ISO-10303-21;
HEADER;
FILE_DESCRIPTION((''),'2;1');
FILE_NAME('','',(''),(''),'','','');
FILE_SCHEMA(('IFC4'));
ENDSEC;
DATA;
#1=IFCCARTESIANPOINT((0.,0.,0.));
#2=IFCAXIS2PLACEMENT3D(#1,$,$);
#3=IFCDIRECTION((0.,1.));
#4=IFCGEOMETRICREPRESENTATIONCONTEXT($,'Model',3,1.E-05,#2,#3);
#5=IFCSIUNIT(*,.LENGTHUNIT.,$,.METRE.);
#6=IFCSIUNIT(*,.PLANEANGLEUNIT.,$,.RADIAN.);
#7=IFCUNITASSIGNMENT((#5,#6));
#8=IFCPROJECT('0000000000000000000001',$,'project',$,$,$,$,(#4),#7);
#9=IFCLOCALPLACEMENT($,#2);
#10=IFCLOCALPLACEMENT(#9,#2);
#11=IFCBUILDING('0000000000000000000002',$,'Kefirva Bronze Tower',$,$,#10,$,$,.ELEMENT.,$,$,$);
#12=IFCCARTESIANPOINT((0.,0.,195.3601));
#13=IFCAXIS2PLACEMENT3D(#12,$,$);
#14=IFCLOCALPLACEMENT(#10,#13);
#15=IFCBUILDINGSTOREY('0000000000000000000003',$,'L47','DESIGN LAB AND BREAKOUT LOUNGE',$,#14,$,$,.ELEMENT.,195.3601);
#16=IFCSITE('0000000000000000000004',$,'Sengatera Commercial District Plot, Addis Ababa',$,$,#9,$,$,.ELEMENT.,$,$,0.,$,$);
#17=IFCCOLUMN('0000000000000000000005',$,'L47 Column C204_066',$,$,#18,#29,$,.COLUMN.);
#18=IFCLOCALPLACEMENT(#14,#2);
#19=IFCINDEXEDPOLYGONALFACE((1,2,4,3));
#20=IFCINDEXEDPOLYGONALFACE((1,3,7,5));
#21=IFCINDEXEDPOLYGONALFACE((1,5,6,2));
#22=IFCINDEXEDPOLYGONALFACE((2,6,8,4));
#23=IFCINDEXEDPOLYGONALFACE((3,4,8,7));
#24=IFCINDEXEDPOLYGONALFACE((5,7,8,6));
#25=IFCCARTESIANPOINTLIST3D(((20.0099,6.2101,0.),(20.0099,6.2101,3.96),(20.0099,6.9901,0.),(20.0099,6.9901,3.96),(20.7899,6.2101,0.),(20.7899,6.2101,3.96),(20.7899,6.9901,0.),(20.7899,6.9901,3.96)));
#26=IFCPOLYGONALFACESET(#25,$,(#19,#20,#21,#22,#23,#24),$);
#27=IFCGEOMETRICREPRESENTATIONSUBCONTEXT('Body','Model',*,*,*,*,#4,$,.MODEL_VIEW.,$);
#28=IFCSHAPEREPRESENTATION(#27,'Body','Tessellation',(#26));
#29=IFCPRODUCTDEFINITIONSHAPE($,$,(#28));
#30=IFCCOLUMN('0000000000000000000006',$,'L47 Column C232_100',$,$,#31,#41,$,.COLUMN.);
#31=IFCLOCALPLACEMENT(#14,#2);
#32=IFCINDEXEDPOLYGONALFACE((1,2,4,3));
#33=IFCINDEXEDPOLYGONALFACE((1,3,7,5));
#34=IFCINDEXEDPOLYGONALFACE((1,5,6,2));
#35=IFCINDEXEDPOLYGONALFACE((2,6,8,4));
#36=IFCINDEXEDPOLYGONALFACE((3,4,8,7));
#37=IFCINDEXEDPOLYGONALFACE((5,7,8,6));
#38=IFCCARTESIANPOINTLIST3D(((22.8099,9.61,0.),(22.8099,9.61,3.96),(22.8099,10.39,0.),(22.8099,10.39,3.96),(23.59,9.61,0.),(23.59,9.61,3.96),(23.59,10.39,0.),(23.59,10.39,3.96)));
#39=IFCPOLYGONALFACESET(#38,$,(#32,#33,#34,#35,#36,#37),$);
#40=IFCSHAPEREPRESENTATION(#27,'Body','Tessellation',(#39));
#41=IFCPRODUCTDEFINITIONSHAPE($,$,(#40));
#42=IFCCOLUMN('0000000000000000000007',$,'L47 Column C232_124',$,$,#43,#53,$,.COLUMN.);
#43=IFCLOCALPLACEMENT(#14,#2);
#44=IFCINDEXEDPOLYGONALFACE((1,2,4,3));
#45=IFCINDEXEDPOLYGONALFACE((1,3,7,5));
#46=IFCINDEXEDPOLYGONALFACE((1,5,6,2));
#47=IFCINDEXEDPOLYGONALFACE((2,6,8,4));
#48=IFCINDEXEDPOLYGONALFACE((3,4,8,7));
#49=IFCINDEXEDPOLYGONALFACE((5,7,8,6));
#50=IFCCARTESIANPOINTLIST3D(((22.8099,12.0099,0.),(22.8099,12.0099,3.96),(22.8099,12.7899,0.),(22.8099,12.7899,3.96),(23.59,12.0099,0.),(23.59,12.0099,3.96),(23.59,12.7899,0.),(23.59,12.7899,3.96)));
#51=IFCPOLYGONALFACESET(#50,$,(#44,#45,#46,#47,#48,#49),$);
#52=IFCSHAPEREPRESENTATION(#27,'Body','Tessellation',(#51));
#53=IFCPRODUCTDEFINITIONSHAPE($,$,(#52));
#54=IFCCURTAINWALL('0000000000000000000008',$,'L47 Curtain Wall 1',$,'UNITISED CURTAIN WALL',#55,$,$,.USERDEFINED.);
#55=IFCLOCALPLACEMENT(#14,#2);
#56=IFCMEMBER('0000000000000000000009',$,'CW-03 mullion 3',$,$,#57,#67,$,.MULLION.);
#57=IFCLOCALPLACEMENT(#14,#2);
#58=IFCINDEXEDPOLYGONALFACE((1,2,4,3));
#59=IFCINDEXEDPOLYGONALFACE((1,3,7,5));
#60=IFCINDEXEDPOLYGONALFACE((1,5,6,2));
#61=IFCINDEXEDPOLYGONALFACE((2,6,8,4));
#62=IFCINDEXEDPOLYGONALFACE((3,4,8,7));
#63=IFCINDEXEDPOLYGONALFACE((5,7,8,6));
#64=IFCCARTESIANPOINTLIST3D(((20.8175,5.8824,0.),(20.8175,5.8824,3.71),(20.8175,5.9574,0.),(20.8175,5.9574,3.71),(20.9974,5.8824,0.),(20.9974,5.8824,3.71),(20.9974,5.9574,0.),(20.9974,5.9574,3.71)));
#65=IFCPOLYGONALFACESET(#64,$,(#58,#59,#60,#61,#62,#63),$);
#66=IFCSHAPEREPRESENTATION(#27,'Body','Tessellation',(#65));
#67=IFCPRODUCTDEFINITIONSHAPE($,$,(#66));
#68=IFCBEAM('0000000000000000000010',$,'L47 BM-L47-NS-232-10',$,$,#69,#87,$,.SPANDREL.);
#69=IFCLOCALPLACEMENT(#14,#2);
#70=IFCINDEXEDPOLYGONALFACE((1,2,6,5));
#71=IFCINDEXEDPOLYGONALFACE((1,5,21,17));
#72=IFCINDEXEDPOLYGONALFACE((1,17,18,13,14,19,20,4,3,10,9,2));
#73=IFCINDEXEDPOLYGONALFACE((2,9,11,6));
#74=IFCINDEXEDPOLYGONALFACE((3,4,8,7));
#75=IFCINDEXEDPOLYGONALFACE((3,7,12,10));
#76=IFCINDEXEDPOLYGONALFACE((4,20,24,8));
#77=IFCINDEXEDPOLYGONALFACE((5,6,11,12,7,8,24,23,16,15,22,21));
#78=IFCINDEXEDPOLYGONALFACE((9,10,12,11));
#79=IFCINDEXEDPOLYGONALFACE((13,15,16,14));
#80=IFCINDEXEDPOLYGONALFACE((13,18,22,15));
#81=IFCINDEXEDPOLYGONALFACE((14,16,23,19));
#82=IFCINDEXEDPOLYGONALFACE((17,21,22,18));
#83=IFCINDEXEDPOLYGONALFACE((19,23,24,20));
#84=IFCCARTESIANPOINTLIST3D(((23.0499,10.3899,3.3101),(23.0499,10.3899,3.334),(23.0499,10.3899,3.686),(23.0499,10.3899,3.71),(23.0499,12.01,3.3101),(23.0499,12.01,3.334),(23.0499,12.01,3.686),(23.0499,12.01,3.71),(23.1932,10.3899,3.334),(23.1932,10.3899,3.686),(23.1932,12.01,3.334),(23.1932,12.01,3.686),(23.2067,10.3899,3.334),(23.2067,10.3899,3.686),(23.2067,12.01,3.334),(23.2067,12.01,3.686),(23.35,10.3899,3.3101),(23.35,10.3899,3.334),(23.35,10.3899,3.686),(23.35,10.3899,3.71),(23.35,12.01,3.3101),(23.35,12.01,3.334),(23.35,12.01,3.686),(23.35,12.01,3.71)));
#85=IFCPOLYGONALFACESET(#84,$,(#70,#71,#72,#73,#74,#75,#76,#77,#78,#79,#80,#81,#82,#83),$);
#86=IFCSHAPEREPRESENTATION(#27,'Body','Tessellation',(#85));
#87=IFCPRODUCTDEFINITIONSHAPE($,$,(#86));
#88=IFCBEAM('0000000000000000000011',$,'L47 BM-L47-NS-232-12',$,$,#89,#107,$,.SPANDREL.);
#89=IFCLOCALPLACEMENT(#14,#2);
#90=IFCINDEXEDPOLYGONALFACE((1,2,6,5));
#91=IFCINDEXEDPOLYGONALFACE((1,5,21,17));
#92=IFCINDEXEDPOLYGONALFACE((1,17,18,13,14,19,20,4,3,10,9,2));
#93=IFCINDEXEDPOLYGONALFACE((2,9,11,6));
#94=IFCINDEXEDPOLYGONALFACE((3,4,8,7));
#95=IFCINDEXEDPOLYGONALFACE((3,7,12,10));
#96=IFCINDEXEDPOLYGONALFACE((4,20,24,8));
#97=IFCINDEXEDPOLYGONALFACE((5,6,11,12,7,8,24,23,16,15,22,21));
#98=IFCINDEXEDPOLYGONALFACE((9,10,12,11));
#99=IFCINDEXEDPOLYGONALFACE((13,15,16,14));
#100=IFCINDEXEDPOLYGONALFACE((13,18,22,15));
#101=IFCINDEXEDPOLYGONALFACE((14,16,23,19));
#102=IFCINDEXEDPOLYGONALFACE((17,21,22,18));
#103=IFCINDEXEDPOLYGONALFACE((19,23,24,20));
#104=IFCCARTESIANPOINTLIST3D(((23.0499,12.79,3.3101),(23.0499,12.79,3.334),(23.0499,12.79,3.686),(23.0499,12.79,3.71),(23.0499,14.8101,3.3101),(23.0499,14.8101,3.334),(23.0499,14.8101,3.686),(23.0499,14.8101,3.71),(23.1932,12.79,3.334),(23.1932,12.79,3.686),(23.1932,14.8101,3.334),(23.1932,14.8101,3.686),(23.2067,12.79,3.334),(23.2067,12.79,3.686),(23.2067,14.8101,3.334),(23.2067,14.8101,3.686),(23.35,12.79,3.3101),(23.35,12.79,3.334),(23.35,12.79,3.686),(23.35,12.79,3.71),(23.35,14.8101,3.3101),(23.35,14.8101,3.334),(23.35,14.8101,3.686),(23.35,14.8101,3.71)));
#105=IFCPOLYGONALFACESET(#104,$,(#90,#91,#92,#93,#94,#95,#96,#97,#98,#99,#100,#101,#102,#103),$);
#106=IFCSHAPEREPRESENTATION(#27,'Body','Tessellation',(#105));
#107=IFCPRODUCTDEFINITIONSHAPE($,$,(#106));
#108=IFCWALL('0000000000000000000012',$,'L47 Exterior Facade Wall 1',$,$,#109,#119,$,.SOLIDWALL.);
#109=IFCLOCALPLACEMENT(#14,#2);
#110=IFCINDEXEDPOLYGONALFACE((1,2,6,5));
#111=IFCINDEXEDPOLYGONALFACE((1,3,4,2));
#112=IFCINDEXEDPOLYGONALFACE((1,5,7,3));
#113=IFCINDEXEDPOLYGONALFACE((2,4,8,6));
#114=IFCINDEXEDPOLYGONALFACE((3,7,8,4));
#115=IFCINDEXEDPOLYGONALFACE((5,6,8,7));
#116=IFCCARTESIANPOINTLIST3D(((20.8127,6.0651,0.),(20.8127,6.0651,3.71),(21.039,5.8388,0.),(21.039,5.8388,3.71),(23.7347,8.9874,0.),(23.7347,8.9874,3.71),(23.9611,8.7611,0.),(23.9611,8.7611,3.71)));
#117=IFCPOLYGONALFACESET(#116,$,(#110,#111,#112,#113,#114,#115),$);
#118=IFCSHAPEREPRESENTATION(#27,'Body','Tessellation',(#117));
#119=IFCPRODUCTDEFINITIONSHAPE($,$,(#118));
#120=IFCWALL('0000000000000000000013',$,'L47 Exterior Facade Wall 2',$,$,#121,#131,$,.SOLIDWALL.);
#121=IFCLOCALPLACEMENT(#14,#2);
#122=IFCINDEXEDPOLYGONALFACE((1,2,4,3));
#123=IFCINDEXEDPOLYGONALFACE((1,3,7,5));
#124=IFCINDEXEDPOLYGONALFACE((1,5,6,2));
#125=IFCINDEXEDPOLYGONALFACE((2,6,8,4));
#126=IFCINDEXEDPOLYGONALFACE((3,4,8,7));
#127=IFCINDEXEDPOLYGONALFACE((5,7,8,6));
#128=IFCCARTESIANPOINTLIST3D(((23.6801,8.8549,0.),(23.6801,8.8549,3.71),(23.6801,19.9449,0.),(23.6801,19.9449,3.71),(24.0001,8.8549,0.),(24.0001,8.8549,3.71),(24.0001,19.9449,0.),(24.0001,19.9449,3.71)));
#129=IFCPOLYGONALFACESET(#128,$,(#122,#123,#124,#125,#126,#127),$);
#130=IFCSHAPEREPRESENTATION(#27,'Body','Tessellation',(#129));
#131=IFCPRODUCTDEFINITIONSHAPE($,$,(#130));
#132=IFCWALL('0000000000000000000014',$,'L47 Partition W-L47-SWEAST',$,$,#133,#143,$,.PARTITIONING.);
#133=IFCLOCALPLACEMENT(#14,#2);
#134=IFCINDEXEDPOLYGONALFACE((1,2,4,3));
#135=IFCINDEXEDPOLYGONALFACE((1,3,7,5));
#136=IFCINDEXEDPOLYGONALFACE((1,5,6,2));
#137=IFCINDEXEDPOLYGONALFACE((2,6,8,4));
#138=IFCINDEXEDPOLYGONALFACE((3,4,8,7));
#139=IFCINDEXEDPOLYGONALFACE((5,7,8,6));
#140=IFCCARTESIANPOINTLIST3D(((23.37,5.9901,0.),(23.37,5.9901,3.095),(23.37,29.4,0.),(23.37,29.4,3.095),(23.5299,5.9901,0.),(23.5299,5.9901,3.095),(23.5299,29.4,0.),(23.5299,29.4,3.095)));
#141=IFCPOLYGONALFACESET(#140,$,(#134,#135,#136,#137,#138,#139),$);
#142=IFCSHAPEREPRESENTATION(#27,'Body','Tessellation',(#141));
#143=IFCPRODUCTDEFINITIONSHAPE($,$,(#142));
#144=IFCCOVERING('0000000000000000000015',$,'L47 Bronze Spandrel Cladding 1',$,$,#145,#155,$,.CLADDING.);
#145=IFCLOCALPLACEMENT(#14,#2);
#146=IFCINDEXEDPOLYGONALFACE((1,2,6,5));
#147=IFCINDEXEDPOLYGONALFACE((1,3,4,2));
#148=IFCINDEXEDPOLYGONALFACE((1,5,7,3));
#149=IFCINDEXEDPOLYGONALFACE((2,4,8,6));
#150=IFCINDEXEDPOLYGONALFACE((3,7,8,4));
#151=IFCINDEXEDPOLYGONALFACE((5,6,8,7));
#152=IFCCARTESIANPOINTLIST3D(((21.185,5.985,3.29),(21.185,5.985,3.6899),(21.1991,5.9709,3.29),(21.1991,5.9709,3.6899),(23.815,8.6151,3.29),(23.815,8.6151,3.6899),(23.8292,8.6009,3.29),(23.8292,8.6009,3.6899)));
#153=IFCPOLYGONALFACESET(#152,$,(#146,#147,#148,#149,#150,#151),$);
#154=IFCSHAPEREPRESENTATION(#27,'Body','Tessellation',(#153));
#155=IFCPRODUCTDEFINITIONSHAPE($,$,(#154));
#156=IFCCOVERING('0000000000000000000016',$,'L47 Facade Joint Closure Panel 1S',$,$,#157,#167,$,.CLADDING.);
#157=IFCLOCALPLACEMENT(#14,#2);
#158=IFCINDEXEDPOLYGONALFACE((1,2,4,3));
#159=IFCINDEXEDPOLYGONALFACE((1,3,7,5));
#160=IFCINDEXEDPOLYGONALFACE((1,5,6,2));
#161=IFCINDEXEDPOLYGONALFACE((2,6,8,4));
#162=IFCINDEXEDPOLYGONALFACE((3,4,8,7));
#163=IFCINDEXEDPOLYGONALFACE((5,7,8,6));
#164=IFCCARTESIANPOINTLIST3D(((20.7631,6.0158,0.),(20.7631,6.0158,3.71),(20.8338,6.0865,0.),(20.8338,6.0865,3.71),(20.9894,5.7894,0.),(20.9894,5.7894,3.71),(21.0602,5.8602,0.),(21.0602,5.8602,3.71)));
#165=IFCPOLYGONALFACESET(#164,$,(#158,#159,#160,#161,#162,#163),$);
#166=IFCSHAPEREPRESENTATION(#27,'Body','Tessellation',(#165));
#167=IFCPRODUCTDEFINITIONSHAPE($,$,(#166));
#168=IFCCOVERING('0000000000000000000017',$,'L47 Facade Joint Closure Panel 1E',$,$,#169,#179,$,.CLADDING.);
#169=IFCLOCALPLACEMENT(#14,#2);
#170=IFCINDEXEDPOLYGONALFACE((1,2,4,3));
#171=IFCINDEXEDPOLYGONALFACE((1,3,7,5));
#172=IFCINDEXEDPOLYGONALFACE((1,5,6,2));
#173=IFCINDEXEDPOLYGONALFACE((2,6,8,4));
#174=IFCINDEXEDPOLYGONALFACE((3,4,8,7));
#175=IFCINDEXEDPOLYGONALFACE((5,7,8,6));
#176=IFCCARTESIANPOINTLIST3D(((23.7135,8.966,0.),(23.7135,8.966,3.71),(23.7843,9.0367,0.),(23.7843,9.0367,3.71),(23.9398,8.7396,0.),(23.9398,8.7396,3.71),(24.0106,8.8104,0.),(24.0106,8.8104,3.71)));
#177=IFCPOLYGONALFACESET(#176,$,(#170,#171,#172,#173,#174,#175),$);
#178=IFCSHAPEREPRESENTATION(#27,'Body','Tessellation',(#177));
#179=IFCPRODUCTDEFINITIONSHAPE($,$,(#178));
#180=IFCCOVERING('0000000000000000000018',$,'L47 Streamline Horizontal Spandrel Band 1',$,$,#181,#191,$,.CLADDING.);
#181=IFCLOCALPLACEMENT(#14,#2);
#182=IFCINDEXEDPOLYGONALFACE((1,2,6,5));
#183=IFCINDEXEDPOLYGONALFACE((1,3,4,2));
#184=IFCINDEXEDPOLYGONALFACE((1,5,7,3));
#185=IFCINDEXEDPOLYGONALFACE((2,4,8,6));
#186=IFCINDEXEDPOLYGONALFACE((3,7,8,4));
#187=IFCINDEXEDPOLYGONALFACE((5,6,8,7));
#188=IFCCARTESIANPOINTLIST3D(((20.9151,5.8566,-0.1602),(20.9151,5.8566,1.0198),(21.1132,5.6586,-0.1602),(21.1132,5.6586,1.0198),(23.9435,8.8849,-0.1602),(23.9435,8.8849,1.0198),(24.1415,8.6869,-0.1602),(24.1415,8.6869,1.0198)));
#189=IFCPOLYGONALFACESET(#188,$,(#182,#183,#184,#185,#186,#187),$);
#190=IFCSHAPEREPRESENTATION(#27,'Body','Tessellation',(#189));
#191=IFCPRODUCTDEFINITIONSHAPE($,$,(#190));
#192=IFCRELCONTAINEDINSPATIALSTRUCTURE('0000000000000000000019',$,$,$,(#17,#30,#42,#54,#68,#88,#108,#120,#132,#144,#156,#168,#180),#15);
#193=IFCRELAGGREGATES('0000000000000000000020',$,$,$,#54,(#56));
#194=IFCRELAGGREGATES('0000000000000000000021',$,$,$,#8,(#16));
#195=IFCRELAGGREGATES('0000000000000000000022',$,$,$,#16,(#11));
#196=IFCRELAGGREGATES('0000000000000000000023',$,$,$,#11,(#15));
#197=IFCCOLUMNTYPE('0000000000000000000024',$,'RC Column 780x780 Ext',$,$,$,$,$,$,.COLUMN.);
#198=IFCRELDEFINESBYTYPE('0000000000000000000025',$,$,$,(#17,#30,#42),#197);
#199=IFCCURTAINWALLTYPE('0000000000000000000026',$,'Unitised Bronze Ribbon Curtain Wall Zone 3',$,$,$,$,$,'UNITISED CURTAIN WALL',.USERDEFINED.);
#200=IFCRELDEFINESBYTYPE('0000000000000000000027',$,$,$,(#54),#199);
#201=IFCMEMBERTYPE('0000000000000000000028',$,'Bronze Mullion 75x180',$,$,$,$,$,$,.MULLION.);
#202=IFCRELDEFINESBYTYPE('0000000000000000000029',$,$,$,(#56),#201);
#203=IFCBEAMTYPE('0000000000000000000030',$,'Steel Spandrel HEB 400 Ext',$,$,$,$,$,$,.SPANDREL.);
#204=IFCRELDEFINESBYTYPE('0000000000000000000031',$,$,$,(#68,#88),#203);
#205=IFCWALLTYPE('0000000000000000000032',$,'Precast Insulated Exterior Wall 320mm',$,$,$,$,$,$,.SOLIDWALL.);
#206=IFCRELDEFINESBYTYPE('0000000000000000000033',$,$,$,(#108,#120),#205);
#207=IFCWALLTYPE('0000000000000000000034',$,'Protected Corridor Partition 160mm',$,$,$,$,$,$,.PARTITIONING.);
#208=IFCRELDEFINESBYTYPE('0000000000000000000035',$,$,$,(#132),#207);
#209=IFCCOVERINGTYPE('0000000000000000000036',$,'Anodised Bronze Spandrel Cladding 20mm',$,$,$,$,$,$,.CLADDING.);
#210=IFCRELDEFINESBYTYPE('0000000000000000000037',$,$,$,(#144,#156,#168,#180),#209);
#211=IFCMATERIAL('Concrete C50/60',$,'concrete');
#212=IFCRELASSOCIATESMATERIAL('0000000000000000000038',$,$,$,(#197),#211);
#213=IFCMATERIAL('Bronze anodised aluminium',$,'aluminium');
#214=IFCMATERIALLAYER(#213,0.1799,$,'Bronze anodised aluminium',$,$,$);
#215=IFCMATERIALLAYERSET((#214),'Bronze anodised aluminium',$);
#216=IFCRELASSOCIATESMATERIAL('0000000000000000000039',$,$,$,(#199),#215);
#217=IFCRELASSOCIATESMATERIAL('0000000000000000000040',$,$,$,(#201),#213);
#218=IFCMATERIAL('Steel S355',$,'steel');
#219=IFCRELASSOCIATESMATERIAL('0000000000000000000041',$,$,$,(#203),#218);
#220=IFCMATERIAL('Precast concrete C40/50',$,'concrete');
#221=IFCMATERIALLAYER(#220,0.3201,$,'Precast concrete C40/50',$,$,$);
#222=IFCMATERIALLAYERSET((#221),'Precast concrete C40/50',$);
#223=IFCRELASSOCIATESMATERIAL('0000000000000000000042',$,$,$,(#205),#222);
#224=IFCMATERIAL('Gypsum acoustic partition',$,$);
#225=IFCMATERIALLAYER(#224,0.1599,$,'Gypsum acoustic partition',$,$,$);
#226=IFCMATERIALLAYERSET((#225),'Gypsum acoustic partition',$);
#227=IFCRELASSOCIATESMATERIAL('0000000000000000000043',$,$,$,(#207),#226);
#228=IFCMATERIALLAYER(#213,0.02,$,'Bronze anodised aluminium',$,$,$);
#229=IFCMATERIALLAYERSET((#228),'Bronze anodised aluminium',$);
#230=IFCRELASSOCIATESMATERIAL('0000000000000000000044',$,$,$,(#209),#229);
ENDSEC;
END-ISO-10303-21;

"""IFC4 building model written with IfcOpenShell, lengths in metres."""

from ifc_helpers import new_model, si_unit, direction, frame, frame_2d, origin, origin_2d, place, context, subcontext, project, spatial, rectangle, i_section, extrude, material, layer, layer_set, material_profile, profile_set, type_object, element, aggregate, save


model = new_model("IFC4")

# Units and contexts
model_context = context("Model", 3, precision=1e-05, world=origin(), true_north=direction((0.0, 1.0)))
body_context = subcontext(model_context, "Body", "Model", "MODEL_VIEW")
ifc_project = project(units=[si_unit("LENGTHUNIT", "METRE"), si_unit("PLANEANGLEUNIT", "RADIAN")], contexts=[model_context])

# Site, building, storey
site_placement = place(None, origin())
site = spatial("IfcSite", under=ifc_project, at=site_placement, Name="Sengatera Commercial District Plot, Addis Ababa", CompositionType="ELEMENT", RefElevation=0.0)
building_placement = place(site_placement, origin())
building = spatial("IfcBuilding", under=site, at=building_placement, Name="Kefirva Bronze Tower", CompositionType="ELEMENT")
storey_placement = place(building_placement, frame((0.0, 0.0, 195.3601)))
storey = spatial("IfcBuildingStorey", under=building, at=storey_placement, Name="L47", Description="DESIGN LAB AND BREAKOUT LOUNGE", CompositionType="ELEMENT", Elevation=195.3601)

# Columns
ifc_material_1 = material(Name="Concrete C50/60", Category="concrete")
ifc_material_profile_1 = material_profile(ifc_material_1, rectangle(XDim=0.78, YDim=0.78, at=origin_2d()), Name="RC 780x780")
ifc_profile_set_1 = profile_set([ifc_material_profile_1], Name="Concrete C50/60")
column_type = type_object("IfcColumnType", Name="RC Column 780x780 Ext", PredefinedType="COLUMN", material=ifc_profile_set_1)
for number, where, z_axis, x_axis, name in (
    (1, (20.3999, 6.6001, 0.0), (0.0, 0.0, 1.0), (1.0, 0.0, 0.0), "L47 Column C204_066"),
    (2, (23.2, 10.0, 0.0), (0.0, 0.0, 1.0), (1.0, 0.0, 0.0), "L47 Column C232_100"),
    (3, (23.2, 12.3999, 0.0), (0.0, 0.0, 1.0), (1.0, 0.0, 0.0), "L47 Column C232_124"),
):
    element("IfcColumn", number, at=place(storey_placement, frame(where, z_axis=z_axis, x_axis=x_axis)), inside=storey, type_object=column_type, Name=name, PredefinedType="COLUMN", context=body_context, shape_type="SweptSolid", body=[
        extrude(rectangle(XDim=0.78, YDim=0.78, at=origin_2d()), origin(), (0.0, 0.0, 1.0), 3.96),
    ])

# Curtain wall, member
ifc_material_2 = material(Name="Bronze anodised aluminium", Category="aluminium")
ifc_layer_1 = layer(ifc_material_2, 0.1799, Name="Bronze anodised aluminium")
ifc_layer_set_1 = layer_set([ifc_layer_1], Name="Bronze anodised aluminium")
curtain_wall_type = type_object("IfcCurtainWallType", Name="Unitised Bronze Ribbon Curtain Wall Zone 3", ElementType="UNITISED CURTAIN WALL", PredefinedType="USERDEFINED", material=ifc_layer_set_1)
curtain_wall_placement = place(storey_placement, origin())
curtain_wall = element("IfcCurtainWall", 4, at=curtain_wall_placement, inside=storey, type_object=curtain_wall_type, Name="L47 Curtain Wall 1", ObjectType="UNITISED CURTAIN WALL", PredefinedType="USERDEFINED")
ifc_material_profile_2 = material_profile(ifc_material_2, rectangle(XDim=0.075, YDim=0.1799, at=origin_2d()), Name="ALU 75x180")
ifc_profile_set_2 = profile_set([ifc_material_profile_2], Name="Bronze anodised aluminium")
member_type = type_object("IfcMemberType", Name="Bronze Mullion 75x180", PredefinedType="MULLION", material=ifc_profile_set_2)
member_placement = place(storey_placement, frame((20.9075, 5.9199, 0.0), z_axis=(0.0, 0.0, 1.0), x_axis=(0.0, 1.0, 0.0)))
member = element("IfcMember", 5, at=member_placement, type_object=member_type, Name="CW-03 mullion 3", PredefinedType="MULLION", context=body_context, shape_type="SweptSolid", body=[
    extrude(rectangle(XDim=0.075, YDim=0.1799, at=origin_2d()), origin(), (0.0, 0.0, 1.0), 3.71),
])
aggregate(curtain_wall, [member])

# Beams
ifc_material_3 = material(Name="Steel S355", Category="steel")
ifc_material_profile_3 = material_profile(ifc_material_3, i_section(OverallWidth=0.3, OverallDepth=0.3999, WebThickness=0.0134, FlangeThickness=0.0239, at=origin_2d()), Name="HEB 400")
ifc_profile_set_3 = profile_set([ifc_material_profile_3], Name="Steel S355")
beam_type = type_object("IfcBeamType", Name="Steel Spandrel HEB 400 Ext", PredefinedType="SPANDREL", material=ifc_profile_set_3)
beam_1_placement = place(storey_placement, frame((23.2, 10.3899, 3.51), z_axis=(0.0, 1.0, 0.0), x_axis=(-1.0, 0.0, 0.0)))
element("IfcBeam", 6, at=beam_1_placement, inside=storey, type_object=beam_type, Name="L47 BM-L47-NS-232-10", PredefinedType="SPANDREL", context=body_context, shape_type="SweptSolid", body=[
    extrude(i_section(OverallWidth=0.3, OverallDepth=0.3999, WebThickness=0.0134, FlangeThickness=0.0239, at=origin_2d()), origin(), (0.0, 0.0, 1.0), 1.6201),
])
beam_2_placement = place(storey_placement, frame((23.2, 12.79, 3.51), z_axis=(0.0, 1.0, 0.0), x_axis=(-1.0, 0.0, 0.0)))
element("IfcBeam", 7, at=beam_2_placement, inside=storey, type_object=beam_type, Name="L47 BM-L47-NS-232-12", PredefinedType="SPANDREL", context=body_context, shape_type="SweptSolid", body=[
    extrude(i_section(OverallWidth=0.3, OverallDepth=0.3999, WebThickness=0.0134, FlangeThickness=0.0239, at=origin_2d()), origin(), (0.0, 0.0, 1.0), 2.02),
])

# Walls
ifc_material_4 = material(Name="Precast concrete C40/50", Category="concrete")
ifc_layer_2 = layer(ifc_material_4, 0.3201, Name="Precast concrete C40/50")
ifc_layer_set_2 = layer_set([ifc_layer_2], Name="Precast concrete C40/50")
wall_type_1 = type_object("IfcWallType", Name="Precast Insulated Exterior Wall 320mm", PredefinedType="SOLIDWALL", material=ifc_layer_set_2)
wall_1_placement = place(storey_placement, frame((20.9258, 5.9519, 0.0), z_axis=(0.0, 0.0, 1.0), x_axis=(0.707077, 0.707136, 0.0)))
element("IfcWall", 8, at=wall_1_placement, inside=storey, type_object=wall_type_1, Name="L47 Exterior Facade Wall 1", PredefinedType="SOLIDWALL", context=body_context, shape_type="SweptSolid", body=[
    extrude(rectangle(XDim=4.1326, YDim=0.3201, at=frame_2d((2.0664, 0.0))), origin(), (0.0, 0.0, 1.0), 3.71),
])
wall_2_placement = place(storey_placement, frame((23.8401, 8.855, 0.0), z_axis=(0.0, 0.0, 1.0), x_axis=(0.0, 1.0, 0.0)))
element("IfcWall", 9, at=wall_2_placement, inside=storey, type_object=wall_type_1, Name="L47 Exterior Facade Wall 2", PredefinedType="SOLIDWALL", context=body_context, shape_type="SweptSolid", body=[
    extrude(rectangle(XDim=11.0901, YDim=0.3201, at=frame_2d((5.5449, 0.0))), origin(), (0.0, 0.0, 1.0), 3.71),
])
ifc_material_5 = material(Name="Gypsum acoustic partition")
ifc_layer_3 = layer(ifc_material_5, 0.1599, Name="Gypsum acoustic partition")
ifc_layer_set_3 = layer_set([ifc_layer_3], Name="Gypsum acoustic partition")
wall_type_2 = type_object("IfcWallType", Name="Protected Corridor Partition 160mm", PredefinedType="PARTITIONING", material=ifc_layer_set_3)
wall_3_placement = place(storey_placement, frame((23.45, 5.99, 0.0), z_axis=(0.0, 0.0, 1.0), x_axis=(0.0, 1.0, 0.0)))
element("IfcWall", 10, at=wall_3_placement, inside=storey, type_object=wall_type_2, Name="L47 Partition W-L47-SWEAST", PredefinedType="PARTITIONING", context=body_context, shape_type="SweptSolid", body=[
    extrude(rectangle(XDim=23.4099, YDim=0.1599, at=frame_2d((11.7051, 0.0))), origin(), (0.0, 0.0, 1.0), 3.095),
])

# Coverings
ifc_layer_4 = layer(ifc_material_2, 0.02, Name="Bronze anodised aluminium")
ifc_layer_set_4 = layer_set([ifc_layer_4], Name="Bronze anodised aluminium")
covering_type_1 = type_object("IfcCoveringType", Name="Anodised Bronze Spandrel Cladding 20mm", PredefinedType="CLADDING", material=ifc_layer_set_4)
covering_1_placement = place(storey_placement, frame((22.5071, 7.293, 3.29), z_axis=(0.0, 0.0, 1.0), x_axis=(0.707107, 0.707107, 0.0)))
element("IfcCovering", 11, at=covering_1_placement, inside=storey, type_object=covering_type_1, Name="L47 Bronze Spandrel Cladding 1", PredefinedType="CLADDING", context=body_context, shape_type="SweptSolid", body=[
    extrude(rectangle(XDim=3.7195, YDim=0.02, at=origin_2d()), origin(), (0.0, 0.0, 1.0), 0.3999),
])
for number, where, z_axis, x_axis, name in (
    (12, (20.9116, 5.938, 0.0), (0.0, 0.0, 1.0), (0.707107, 0.707107, 0.0), "L47 Facade Joint Closure Panel 1S"),
    (13, (23.8621, 8.8882, 0.0), (0.0, 0.0, 1.0), (0.707107, 0.707107, 0.0), "L47 Facade Joint Closure Panel 1E"),
):
    element("IfcCovering", number, at=place(storey_placement, frame(where, z_axis=z_axis, x_axis=x_axis)), inside=storey, type_object=covering_type_1, Name=name, PredefinedType="CLADDING", context=body_context, shape_type="SweptSolid", body=[
        extrude(rectangle(XDim=0.1001, YDim=0.3201, at=origin_2d()), origin(), (0.0, 0.0, 1.0), 3.71),
    ])
covering_2_placement = place(storey_placement, frame((22.5283, 7.2717, -0.1602), z_axis=(0.0, 0.0, 1.0), x_axis=(0.707107, 0.707107, 0.0)))
element("IfcCovering", 14, at=covering_2_placement, inside=storey, type_object=covering_type_1, Name="L47 Streamline Horizontal Spandrel Band 1", PredefinedType="CLADDING", context=body_context, shape_type="SweptSolid", body=[
    extrude(rectangle(XDim=4.2827, YDim=0.28, at=origin_2d()), origin(), (0.0, 0.0, 1.0), 1.1799),
])

save(model, "model.ifc")
